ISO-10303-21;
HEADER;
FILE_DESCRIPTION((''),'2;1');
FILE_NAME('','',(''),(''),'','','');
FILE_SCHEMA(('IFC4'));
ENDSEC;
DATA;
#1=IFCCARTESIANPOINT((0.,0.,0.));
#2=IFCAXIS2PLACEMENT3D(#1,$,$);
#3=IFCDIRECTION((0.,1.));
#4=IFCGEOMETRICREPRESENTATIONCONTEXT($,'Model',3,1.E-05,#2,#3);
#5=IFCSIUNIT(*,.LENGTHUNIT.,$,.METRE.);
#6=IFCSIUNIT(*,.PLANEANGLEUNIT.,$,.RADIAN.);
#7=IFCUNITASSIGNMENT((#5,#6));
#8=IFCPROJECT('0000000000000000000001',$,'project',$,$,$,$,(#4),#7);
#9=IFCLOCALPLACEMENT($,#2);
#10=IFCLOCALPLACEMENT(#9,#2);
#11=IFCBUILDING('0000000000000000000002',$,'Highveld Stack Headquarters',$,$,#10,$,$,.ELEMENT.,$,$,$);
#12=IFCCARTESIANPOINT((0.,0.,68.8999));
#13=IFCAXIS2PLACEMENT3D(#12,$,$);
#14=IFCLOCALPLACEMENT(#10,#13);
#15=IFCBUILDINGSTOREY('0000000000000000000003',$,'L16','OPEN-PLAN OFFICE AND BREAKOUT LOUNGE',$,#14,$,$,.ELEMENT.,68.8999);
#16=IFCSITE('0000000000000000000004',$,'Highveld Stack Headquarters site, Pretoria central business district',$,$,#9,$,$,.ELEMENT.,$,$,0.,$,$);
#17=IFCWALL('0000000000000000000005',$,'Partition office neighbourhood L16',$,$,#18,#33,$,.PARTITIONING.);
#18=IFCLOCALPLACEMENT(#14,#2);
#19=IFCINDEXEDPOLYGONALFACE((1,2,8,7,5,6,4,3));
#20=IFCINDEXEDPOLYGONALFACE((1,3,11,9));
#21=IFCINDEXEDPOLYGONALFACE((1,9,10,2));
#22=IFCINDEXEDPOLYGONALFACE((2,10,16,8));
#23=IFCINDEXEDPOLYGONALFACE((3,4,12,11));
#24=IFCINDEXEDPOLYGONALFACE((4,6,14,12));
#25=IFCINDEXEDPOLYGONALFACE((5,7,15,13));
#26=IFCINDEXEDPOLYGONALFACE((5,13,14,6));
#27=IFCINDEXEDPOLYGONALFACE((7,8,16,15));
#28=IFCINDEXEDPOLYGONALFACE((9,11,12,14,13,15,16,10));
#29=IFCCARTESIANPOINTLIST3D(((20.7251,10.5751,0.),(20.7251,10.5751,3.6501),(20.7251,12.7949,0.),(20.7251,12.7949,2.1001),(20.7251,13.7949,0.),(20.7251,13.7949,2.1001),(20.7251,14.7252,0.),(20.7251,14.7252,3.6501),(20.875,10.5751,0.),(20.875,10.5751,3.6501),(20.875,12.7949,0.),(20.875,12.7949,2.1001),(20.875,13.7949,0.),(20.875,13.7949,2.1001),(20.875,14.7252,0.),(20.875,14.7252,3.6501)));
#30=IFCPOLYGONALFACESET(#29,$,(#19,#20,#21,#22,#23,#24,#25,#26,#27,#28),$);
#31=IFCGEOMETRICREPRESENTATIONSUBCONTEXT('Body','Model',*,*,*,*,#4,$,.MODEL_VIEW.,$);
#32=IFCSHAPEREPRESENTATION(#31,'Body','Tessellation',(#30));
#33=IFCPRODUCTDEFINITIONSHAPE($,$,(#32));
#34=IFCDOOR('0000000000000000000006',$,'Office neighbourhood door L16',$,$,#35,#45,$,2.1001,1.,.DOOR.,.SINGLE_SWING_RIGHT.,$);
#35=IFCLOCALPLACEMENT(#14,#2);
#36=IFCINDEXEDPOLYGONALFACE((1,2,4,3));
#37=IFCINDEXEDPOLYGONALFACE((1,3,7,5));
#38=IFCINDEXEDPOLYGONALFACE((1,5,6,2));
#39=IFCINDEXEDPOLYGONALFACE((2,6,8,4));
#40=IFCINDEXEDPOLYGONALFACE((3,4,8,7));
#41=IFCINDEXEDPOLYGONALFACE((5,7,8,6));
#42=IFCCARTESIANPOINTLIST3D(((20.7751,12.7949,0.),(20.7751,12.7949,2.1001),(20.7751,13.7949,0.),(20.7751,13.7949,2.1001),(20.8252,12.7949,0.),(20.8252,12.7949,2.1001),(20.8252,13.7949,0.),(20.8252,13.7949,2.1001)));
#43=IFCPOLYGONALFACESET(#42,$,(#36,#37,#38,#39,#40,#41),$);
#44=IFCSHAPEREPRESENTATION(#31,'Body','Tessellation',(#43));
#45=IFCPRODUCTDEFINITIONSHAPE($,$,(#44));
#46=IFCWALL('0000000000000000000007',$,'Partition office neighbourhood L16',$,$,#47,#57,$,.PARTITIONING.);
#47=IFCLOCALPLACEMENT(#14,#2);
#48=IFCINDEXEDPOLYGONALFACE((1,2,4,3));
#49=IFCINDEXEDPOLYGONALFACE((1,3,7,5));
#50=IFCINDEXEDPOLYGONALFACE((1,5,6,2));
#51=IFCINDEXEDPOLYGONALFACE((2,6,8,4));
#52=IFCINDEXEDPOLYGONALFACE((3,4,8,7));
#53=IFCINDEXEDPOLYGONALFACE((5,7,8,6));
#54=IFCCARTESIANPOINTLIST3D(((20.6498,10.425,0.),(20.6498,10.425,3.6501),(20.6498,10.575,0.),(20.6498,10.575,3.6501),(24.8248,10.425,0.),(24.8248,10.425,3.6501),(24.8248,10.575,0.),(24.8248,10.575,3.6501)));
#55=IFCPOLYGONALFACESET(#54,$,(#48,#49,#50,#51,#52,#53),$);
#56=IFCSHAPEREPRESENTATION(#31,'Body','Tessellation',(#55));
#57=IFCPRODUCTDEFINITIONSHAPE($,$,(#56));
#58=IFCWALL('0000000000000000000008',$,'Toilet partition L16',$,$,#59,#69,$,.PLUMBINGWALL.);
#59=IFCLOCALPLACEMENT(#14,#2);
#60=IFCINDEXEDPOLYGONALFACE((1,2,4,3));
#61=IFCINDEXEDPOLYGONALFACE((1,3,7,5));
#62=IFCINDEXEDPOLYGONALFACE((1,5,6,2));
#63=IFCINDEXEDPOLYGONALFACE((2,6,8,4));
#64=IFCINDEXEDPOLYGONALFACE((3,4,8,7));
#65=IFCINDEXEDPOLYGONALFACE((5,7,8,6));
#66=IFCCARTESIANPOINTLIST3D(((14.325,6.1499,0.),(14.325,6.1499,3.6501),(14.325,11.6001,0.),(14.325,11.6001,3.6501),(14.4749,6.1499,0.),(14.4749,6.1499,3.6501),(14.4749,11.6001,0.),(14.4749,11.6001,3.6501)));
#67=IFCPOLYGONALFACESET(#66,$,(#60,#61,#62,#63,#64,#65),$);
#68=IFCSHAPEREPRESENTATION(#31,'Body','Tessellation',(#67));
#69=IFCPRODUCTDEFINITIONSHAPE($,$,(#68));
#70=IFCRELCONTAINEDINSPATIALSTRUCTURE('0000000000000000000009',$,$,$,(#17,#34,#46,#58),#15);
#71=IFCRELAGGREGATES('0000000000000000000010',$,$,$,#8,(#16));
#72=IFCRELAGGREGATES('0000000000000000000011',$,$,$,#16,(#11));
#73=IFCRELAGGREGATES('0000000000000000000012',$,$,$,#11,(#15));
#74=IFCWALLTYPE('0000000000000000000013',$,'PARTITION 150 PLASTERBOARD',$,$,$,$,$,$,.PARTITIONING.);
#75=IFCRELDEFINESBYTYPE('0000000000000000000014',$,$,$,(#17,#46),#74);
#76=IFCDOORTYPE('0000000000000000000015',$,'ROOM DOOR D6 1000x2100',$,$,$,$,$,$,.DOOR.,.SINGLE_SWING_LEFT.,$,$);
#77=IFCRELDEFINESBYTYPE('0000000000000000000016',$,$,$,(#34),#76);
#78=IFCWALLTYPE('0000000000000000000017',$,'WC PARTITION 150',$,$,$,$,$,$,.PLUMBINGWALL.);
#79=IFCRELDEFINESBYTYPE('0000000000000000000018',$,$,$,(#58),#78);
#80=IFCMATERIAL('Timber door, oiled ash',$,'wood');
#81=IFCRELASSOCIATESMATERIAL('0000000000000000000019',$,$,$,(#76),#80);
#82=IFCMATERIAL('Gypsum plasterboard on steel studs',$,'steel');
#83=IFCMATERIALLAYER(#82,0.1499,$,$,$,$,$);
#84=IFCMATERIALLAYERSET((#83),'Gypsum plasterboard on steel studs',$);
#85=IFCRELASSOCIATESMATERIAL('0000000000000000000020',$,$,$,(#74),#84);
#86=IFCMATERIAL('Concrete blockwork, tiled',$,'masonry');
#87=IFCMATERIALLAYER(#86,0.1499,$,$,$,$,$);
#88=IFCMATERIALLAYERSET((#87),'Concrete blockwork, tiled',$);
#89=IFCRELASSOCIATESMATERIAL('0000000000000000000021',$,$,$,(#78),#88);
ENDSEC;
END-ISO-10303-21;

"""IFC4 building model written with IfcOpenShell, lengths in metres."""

from ifc_helpers import new_model, si_unit, direction, frame, frame_2d, origin, place, context, subcontext, project, spatial, rectangle, extrude, material, layer, layer_set, type_object, element, fill, save


model = new_model("IFC4")

# Units and contexts
model_context = context("Model", 3, precision=1e-05, world=origin(), true_north=direction((0.0, 1.0)))
body_context = subcontext(model_context, "Body", "Model", "MODEL_VIEW")
ifc_project = project(units=[si_unit("LENGTHUNIT", "METRE"), si_unit("PLANEANGLEUNIT", "RADIAN")], contexts=[model_context])

# Site, building, storey
site_placement = place(None, origin())
site = spatial("IfcSite", under=ifc_project, at=site_placement, Name="Highveld Stack Headquarters site, Pretoria central business district", CompositionType="ELEMENT", RefElevation=0.0)
building_placement = place(site_placement, origin())
building = spatial("IfcBuilding", under=site, at=building_placement, Name="Highveld Stack Headquarters", CompositionType="ELEMENT")
storey_placement = place(building_placement, frame((0.0, 0.0, 68.8999)))
storey = spatial("IfcBuildingStorey", under=building, at=storey_placement, Name="L16", Description="OPEN-PLAN OFFICE AND BREAKOUT LOUNGE", CompositionType="ELEMENT", Elevation=68.8999)

# Shared definitions
ifc_material_1 = material(Name="Timber door, oiled ash", Category="wood")
door_type = type_object("IfcDoorType", Name="ROOM DOOR D6 1000x2100", OperationType="SINGLE_SWING_LEFT", PredefinedType="DOOR", material=ifc_material_1)

# Shared definitions
ifc_material_2 = material(Name="Gypsum plasterboard on steel studs", Category="steel")
ifc_layer_1 = layer(ifc_material_2, 0.1499)
ifc_layer_set_1 = layer_set([ifc_layer_1], Name="Gypsum plasterboard on steel studs")
wall_type_1 = type_object("IfcWallType", Name="PARTITION 150 PLASTERBOARD", PredefinedType="PARTITIONING", material=ifc_layer_set_1)

# Wall, opening, door
wall_1_placement = place(storey_placement, frame((20.8, 10.575, 0.0), z_axis=(0.0, 0.0, 1.0), x_axis=(0.0, 1.0, 0.0)))
wall_1 = element("IfcWall", 1, at=wall_1_placement, inside=storey, type_object=wall_type_1, Name="Partition office neighbourhood L16", PredefinedType="PARTITIONING", context=body_context, shape_type="SweptSolid", body=[
    extrude(rectangle(XDim=4.1501, YDim=0.1499, at=frame_2d((2.0752, 0.0))), origin(), (0.0, 0.0, 1.0), 3.6501),
])
opening_1_placement = place(wall_1_placement, frame((2.22, 0.0, 0.0)))
opening_1 = element("IfcOpeningElement", 2, at=opening_1_placement, cuts=wall_1, PredefinedType="OPENING", context=body_context, shape_type="SweptSolid", body=[
    extrude(rectangle(XDim=1.0, YDim=2.1001, at=frame_2d((0.5, 1.05))), frame((0.0, 0.085, 0.0), z_axis=(0.0, -1.0, 0.0), x_axis=(1.0, 0.0, 0.0)), (0.0, 0.0, 1.0), 0.1699),
])
door_1_placement = place(opening_1_placement, origin())
door_1 = element("IfcDoor", 3, at=door_1_placement, inside=storey, type_object=door_type, Name="Office neighbourhood door L16", OperationType="SINGLE_SWING_RIGHT", OverallHeight=2.1001, OverallWidth=1.0, PredefinedType="DOOR", context=body_context, shape_type="SweptSolid", body=[
    extrude(rectangle(XDim=1.0, YDim=2.1001, at=frame_2d((0.5, 1.05))), frame((0.0, 0.0249, 0.0), z_axis=(0.0, -1.0, 0.0), x_axis=(1.0, 0.0, 0.0)), (0.0, 0.0, 1.0), 0.05),
])
fill(opening_1, door_1)

# Walls
wall_2_placement = place(storey_placement, frame((20.6499, 10.5, 0.0), z_axis=(0.0, 0.0, 1.0), x_axis=(1.0, 0.0, 0.0)))
element("IfcWall", 4, at=wall_2_placement, inside=storey, type_object=wall_type_1, Name="Partition office neighbourhood L16", PredefinedType="PARTITIONING", context=body_context, shape_type="SweptSolid", body=[
    extrude(rectangle(XDim=4.175, YDim=0.1499, at=frame_2d((2.0874, 0.0))), origin(), (0.0, 0.0, 1.0), 3.6501),
])
ifc_material_3 = material(Name="Concrete blockwork, tiled", Category="masonry")
ifc_layer_2 = layer(ifc_material_3, 0.1499)
ifc_layer_set_2 = layer_set([ifc_layer_2], Name="Concrete blockwork, tiled")
wall_type_2 = type_object("IfcWallType", Name="WC PARTITION 150", PredefinedType="PLUMBINGWALL", material=ifc_layer_set_2)
wall_3_placement = place(storey_placement, frame((14.3999, 6.1499, 0.0), z_axis=(0.0, 0.0, 1.0), x_axis=(0.0, 1.0, 0.0)))
element("IfcWall", 5, at=wall_3_placement, inside=storey, type_object=wall_type_2, Name="Toilet partition L16", PredefinedType="PLUMBINGWALL", context=body_context, shape_type="SweptSolid", body=[
    extrude(rectangle(XDim=5.4502, YDim=0.1499, at=frame_2d((2.7251, 0.0))), origin(), (0.0, 0.0, 1.0), 3.6501),
])

save(model, "model.ifc")
